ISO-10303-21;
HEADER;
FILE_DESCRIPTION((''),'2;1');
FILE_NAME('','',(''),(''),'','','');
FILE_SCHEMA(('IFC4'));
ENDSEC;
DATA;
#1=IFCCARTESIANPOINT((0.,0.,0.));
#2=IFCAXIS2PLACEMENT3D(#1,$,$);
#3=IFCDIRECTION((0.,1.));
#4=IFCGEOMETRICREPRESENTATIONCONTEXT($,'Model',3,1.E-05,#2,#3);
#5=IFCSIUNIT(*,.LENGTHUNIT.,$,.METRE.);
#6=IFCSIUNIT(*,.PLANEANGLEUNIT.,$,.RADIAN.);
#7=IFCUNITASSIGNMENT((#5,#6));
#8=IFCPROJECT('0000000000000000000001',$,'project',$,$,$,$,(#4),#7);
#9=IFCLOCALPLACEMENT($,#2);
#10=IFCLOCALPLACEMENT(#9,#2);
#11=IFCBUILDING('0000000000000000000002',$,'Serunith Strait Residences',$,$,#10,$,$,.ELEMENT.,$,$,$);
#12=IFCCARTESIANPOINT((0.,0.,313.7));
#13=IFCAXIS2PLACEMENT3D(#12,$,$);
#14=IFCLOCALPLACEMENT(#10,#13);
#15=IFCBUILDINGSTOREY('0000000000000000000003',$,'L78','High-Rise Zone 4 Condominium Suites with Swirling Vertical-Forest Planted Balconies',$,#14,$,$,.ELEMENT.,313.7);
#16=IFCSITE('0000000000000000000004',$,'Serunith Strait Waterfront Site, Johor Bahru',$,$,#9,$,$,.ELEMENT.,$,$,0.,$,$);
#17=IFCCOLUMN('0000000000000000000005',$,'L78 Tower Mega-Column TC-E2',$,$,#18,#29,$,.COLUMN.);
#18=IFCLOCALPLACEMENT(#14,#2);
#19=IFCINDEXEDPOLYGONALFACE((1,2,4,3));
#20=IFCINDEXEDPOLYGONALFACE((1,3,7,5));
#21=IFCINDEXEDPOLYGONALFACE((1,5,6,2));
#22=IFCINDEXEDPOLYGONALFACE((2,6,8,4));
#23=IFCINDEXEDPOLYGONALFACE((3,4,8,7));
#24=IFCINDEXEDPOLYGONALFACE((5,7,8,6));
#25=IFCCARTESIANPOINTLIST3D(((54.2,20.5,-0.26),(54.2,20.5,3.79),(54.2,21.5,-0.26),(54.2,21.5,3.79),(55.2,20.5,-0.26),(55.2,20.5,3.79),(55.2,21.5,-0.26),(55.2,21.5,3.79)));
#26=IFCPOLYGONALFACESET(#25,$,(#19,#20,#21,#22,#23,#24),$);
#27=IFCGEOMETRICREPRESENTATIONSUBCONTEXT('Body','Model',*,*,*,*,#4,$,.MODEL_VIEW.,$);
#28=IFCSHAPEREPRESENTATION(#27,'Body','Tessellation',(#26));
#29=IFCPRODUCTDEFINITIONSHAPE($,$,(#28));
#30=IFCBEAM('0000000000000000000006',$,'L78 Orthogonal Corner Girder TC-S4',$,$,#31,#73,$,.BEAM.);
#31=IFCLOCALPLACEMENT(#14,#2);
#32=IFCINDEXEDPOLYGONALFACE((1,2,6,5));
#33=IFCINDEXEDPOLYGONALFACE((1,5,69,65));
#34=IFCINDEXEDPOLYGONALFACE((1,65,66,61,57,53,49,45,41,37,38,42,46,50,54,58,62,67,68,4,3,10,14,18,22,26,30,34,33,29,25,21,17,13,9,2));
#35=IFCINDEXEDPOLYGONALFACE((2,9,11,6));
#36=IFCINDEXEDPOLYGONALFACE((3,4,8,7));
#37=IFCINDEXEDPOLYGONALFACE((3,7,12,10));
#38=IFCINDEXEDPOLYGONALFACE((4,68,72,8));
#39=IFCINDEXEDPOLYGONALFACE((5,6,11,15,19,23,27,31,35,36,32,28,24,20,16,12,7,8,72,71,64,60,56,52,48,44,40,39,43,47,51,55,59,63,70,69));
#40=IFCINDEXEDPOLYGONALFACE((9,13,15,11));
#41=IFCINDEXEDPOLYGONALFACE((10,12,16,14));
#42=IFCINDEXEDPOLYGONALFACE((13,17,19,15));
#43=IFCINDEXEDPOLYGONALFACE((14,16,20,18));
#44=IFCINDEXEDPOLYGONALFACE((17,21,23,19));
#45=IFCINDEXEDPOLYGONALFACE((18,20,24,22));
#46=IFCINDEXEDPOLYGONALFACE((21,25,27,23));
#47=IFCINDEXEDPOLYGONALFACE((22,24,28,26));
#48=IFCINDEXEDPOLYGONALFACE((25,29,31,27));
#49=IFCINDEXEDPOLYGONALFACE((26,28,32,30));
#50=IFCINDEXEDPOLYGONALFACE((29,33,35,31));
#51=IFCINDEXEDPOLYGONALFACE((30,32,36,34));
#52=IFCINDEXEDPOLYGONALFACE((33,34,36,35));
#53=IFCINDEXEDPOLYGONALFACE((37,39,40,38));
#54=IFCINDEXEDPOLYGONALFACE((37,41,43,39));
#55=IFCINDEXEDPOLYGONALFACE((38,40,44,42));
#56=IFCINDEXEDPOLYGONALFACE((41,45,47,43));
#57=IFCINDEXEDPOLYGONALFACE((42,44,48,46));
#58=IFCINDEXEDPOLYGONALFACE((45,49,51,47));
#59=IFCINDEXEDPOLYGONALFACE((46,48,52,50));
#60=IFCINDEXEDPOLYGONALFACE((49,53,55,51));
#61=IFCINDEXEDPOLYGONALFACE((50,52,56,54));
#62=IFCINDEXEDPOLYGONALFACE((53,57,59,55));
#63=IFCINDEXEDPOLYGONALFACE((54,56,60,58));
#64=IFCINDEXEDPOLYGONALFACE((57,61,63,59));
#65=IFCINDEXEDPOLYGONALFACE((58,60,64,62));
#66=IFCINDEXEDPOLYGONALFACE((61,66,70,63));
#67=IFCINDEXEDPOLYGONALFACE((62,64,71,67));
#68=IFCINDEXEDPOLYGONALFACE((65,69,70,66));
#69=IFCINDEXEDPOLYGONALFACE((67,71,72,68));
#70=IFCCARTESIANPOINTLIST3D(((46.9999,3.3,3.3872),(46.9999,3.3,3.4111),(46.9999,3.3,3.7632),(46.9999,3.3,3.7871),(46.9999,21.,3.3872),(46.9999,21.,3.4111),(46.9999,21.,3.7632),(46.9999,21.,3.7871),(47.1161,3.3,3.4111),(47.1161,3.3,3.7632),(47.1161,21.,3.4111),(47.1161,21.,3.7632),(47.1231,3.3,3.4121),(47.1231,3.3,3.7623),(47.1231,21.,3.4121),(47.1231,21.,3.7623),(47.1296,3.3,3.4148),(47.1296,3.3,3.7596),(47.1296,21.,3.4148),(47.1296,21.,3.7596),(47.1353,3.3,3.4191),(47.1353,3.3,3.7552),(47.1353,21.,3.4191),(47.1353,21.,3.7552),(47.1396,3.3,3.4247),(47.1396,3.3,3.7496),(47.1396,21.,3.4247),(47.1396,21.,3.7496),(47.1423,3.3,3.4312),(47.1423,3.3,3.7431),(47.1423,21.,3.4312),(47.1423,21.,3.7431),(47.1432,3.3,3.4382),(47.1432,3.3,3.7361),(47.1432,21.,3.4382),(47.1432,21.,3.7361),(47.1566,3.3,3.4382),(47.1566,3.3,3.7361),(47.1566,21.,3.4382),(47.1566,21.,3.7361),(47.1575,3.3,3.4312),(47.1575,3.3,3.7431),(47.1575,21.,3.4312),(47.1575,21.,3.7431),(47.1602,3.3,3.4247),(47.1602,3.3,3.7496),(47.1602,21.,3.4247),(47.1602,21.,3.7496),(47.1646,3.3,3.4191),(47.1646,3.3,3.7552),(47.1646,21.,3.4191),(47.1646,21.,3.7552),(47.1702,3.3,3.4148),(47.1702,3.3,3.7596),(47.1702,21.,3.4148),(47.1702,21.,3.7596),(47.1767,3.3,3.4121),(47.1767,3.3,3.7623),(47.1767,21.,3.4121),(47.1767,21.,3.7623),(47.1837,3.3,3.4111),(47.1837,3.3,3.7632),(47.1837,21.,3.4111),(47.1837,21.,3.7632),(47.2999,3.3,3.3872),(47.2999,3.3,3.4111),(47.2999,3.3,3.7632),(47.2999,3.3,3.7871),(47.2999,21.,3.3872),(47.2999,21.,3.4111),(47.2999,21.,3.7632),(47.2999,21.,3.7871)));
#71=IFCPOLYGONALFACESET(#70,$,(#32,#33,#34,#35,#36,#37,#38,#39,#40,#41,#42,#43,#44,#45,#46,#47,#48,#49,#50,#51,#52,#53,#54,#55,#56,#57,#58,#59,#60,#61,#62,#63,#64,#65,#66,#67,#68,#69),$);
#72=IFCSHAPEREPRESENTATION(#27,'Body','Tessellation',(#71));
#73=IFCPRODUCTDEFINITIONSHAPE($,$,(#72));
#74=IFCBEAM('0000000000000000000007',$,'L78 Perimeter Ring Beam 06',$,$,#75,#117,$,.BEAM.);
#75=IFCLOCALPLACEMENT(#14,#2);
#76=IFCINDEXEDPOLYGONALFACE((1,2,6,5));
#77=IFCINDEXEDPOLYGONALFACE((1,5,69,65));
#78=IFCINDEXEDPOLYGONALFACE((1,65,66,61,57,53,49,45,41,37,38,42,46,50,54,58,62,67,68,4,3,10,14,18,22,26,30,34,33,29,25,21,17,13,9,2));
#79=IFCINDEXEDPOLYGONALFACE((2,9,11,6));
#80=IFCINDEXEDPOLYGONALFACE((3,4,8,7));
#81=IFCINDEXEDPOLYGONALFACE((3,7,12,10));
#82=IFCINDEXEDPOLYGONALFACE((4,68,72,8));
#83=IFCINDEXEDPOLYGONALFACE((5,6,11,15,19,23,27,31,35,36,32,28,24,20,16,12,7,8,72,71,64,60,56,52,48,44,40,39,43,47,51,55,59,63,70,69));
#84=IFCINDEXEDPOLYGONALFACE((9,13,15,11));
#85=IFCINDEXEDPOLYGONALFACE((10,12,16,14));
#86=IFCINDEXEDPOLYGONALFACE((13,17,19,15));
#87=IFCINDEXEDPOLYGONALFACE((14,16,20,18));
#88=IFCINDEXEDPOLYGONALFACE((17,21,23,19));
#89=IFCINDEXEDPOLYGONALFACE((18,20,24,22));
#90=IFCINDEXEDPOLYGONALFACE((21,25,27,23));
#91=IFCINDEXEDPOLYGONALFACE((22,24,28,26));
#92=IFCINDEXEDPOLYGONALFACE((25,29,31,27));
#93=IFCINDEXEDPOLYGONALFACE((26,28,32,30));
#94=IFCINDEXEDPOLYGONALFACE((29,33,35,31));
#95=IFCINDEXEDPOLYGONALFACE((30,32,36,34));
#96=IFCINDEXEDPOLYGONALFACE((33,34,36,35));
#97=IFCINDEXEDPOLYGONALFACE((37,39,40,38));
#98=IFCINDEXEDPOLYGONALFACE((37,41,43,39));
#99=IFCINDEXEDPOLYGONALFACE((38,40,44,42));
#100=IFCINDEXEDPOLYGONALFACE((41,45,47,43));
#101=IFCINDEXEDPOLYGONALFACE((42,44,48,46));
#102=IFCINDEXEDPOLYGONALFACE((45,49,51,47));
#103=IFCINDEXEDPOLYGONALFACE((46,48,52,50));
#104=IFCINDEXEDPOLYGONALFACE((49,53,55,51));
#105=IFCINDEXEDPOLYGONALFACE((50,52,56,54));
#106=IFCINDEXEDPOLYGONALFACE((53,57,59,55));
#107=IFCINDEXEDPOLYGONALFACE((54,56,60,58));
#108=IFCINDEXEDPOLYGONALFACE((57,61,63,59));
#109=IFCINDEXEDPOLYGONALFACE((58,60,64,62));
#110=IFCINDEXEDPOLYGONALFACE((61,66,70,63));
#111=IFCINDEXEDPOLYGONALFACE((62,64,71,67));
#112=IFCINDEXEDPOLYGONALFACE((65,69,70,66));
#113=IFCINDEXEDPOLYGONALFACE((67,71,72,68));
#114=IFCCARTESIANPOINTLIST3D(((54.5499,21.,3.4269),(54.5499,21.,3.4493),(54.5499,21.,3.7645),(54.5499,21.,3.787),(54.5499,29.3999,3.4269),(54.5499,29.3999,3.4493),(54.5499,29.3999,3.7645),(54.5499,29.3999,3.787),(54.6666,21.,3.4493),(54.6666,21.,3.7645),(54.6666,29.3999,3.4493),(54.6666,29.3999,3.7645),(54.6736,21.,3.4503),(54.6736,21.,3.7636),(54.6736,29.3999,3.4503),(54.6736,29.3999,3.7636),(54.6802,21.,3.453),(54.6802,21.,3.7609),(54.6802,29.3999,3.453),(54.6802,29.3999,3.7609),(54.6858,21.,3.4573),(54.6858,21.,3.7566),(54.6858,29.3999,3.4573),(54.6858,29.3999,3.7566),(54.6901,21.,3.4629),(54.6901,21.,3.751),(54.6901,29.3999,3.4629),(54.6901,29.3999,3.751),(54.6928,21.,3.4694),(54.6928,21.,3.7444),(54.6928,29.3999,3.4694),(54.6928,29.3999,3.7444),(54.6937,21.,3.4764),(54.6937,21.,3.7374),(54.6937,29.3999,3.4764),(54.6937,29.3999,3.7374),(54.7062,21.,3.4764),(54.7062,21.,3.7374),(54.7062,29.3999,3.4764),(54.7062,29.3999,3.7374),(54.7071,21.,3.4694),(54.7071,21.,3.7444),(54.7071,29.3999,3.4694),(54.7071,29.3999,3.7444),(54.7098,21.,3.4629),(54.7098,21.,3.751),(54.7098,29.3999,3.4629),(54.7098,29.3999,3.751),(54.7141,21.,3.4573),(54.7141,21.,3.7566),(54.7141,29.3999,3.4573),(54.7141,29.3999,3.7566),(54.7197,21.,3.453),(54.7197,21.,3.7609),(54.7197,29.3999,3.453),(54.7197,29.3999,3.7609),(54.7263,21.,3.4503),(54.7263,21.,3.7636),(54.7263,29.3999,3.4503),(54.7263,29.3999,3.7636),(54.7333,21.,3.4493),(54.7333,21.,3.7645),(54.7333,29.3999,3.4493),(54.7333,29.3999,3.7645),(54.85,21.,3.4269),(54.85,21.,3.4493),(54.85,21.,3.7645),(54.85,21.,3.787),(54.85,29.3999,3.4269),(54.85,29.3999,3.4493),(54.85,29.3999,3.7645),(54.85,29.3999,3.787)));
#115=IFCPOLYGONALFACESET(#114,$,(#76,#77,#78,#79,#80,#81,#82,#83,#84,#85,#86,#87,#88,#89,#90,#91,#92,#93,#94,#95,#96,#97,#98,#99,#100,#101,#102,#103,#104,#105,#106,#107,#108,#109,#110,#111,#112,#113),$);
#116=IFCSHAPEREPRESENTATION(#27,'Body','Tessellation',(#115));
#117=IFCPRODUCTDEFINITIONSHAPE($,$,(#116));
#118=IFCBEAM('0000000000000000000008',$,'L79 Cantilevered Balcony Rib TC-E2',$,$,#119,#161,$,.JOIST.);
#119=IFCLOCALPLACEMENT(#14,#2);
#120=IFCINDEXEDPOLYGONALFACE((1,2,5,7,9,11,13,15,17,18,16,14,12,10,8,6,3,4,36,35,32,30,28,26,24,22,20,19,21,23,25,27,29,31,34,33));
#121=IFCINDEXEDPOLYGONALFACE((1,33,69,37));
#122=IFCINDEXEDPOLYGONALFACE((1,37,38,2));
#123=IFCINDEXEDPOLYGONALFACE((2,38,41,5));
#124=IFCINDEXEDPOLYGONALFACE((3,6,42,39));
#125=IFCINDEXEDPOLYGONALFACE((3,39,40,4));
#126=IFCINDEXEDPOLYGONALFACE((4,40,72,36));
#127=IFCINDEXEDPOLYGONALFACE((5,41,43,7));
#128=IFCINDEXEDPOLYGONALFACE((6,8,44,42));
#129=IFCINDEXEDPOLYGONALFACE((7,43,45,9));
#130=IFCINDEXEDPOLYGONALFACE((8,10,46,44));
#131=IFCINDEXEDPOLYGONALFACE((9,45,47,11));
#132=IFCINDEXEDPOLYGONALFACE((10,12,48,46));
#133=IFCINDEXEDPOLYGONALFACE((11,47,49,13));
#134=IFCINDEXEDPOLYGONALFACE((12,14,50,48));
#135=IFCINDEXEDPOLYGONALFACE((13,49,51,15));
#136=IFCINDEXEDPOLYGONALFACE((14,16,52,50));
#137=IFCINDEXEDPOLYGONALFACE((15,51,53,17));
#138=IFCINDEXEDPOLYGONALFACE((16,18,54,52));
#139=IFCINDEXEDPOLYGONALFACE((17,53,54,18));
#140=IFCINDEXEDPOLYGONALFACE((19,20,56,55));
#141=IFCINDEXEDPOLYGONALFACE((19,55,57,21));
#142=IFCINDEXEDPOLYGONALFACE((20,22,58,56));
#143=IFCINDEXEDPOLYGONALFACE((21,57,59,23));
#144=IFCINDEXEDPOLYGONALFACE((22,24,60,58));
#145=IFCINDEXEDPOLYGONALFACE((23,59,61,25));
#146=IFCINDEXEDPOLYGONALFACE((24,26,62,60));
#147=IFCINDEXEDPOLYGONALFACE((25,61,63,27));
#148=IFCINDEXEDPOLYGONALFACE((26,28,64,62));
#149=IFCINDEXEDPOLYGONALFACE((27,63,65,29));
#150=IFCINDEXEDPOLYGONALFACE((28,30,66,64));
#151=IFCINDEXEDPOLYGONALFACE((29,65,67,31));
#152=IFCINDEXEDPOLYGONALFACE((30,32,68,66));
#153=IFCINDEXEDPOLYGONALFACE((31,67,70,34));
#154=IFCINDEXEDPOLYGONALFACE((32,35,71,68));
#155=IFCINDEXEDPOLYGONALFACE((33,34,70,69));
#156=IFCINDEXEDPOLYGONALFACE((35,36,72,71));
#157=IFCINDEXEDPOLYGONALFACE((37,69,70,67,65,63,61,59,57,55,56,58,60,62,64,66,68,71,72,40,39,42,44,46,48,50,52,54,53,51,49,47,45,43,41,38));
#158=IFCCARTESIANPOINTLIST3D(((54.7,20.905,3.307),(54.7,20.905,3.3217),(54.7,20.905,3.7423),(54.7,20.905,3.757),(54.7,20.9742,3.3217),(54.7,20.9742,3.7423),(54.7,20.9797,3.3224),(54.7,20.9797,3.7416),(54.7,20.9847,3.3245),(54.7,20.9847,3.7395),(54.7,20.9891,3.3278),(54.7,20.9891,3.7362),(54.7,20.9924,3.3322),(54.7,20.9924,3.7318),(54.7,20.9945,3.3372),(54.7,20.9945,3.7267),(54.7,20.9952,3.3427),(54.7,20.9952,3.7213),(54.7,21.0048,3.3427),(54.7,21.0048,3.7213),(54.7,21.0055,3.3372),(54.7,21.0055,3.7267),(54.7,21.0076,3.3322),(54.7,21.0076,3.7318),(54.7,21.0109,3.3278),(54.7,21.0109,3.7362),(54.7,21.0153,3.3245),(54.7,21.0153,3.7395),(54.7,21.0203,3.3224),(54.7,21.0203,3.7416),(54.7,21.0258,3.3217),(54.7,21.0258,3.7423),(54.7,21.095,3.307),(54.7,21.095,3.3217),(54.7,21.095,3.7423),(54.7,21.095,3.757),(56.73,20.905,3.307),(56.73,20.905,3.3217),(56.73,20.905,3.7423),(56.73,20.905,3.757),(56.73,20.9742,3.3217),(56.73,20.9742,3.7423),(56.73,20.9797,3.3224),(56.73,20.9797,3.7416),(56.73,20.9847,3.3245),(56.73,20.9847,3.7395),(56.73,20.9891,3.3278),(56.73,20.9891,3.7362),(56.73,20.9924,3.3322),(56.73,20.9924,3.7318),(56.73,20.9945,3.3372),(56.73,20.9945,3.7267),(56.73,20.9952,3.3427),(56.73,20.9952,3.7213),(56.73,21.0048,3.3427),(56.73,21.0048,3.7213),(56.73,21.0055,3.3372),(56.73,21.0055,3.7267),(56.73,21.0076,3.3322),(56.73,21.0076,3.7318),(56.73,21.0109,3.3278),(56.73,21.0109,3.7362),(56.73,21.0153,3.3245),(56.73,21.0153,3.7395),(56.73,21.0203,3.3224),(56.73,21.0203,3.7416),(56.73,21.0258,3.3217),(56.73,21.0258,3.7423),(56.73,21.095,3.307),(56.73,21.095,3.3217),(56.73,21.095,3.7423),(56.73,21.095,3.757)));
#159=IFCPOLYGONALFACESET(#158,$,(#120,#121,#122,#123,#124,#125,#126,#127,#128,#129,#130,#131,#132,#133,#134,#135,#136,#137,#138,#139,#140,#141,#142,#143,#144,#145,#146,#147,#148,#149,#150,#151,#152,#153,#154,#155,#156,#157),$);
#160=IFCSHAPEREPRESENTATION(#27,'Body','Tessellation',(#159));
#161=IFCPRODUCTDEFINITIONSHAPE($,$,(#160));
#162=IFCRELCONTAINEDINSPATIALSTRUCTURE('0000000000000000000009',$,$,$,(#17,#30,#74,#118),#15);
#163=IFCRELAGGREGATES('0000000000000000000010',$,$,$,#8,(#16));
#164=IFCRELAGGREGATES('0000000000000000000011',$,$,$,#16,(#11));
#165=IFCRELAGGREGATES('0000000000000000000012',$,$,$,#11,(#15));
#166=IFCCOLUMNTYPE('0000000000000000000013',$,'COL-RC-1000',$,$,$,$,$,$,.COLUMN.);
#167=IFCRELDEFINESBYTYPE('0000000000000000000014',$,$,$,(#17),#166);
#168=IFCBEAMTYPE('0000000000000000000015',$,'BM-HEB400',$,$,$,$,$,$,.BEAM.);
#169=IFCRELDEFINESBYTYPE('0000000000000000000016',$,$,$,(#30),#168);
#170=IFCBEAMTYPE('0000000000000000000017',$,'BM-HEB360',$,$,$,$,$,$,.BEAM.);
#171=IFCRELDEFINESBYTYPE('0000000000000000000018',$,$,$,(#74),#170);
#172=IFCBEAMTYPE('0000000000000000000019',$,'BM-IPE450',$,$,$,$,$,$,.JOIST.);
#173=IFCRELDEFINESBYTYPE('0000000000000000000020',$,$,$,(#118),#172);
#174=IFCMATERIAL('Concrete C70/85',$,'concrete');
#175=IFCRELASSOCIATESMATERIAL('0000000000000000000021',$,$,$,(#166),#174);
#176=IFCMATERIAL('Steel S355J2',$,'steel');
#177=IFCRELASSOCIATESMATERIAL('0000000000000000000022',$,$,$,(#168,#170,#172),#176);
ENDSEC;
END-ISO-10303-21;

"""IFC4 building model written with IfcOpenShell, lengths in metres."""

from ifc_helpers import new_model, si_unit, direction, frame, origin, origin_2d, place, context, subcontext, project, spatial, rectangle, i_section, extrude, source, transform, mapped, material, material_profile, profile_set, type_object, element, save


model = new_model("IFC4")

# Units and contexts
model_context = context("Model", 3, precision=1e-05, world=origin(), true_north=direction((0.0, 1.0)))
body_context = subcontext(model_context, "Body", "Model", "MODEL_VIEW")
ifc_project = project(units=[si_unit("LENGTHUNIT", "METRE"), si_unit("PLANEANGLEUNIT", "RADIAN")], contexts=[model_context])

# Site, building, storey
site_placement = place(None, origin())
site = spatial("IfcSite", under=ifc_project, at=site_placement, Name="Serunith Strait Waterfront Site, Johor Bahru", CompositionType="ELEMENT", RefElevation=0.0)
building_placement = place(site_placement, origin())
building = spatial("IfcBuilding", under=site, at=building_placement, Name="Serunith Strait Residences", CompositionType="ELEMENT")
storey_placement = place(building_placement, frame((0.0, 0.0, 313.7)))
storey = spatial("IfcBuildingStorey", under=building, at=storey_placement, Name="L78", Description="High-Rise Zone 4 Condominium Suites with Swirling Vertical-Forest Planted Balconies", CompositionType="ELEMENT", Elevation=313.7)

# Column
ifc_material_1 = material(Name="Concrete C70/85", Category="concrete")
ifc_material_profile_1 = material_profile(ifc_material_1, rectangle(XDim=1.0, YDim=1.0, at=origin_2d()), Name="RC 1000x1000")
ifc_profile_set_1 = profile_set([ifc_material_profile_1], Name="Concrete C70/85")
column_type = type_object("IfcColumnType", Name="COL-RC-1000", PredefinedType="COLUMN", material=ifc_profile_set_1)
shared_shape_1 = source(origin(), body_context, "Body", "SweptSolid", [
    extrude(rectangle(XDim=1.0, YDim=1.0, at=origin_2d()), origin(), (0.0, 0.0, 1.0), 4.05),
])
column_placement = place(storey_placement, frame((54.7, 21.0, -0.26), z_axis=(0.0, 0.0, 1.0), x_axis=(1.0, 0.0, 0.0)))
element("IfcColumn", 1, at=column_placement, inside=storey, type_object=column_type, Name="L78 Tower Mega-Column TC-E2", PredefinedType="COLUMN", context=body_context, shape_type="MappedRepresentation", body=[
    mapped(shared_shape_1, transform((0.0, 0.0, 0.0), scale=1.0)),
])

# Beams
ifc_material_2 = material(Name="Steel S355J2", Category="steel")
ifc_material_profile_2 = material_profile(ifc_material_2, i_section(OverallWidth=0.3, OverallDepth=0.3999, WebThickness=0.0134, FlangeThickness=0.0239, FilletRadius=0.0271, at=origin_2d()), Name="HEB 400")
ifc_profile_set_2 = profile_set([ifc_material_profile_2], Name="Steel S355J2")
beam_type_1 = type_object("IfcBeamType", Name="BM-HEB400", PredefinedType="BEAM", material=ifc_profile_set_2)
shared_shape_2 = source(origin(), body_context, "Body", "SweptSolid", [
    extrude(i_section(OverallWidth=0.3, OverallDepth=0.3999, WebThickness=0.0134, FlangeThickness=0.0239, FilletRadius=0.0271, at=origin_2d()), origin(), (0.0, 0.0, 1.0), 17.7),
])
beam_1_placement = place(storey_placement, frame((47.1499, 21.0, 3.5872), z_axis=(0.0, -1.0, 0.0), x_axis=(1.0, 0.0, 0.0)))
element("IfcBeam", 2, at=beam_1_placement, inside=storey, type_object=beam_type_1, Name="L78 Orthogonal Corner Girder TC-S4", PredefinedType="BEAM", context=body_context, shape_type="MappedRepresentation", body=[
    mapped(shared_shape_2, transform((0.0, 0.0, 0.0), scale=1.0)),
])
ifc_material_profile_3 = material_profile(ifc_material_2, i_section(OverallWidth=0.3, OverallDepth=0.3601, WebThickness=0.0125, FlangeThickness=0.0225, FilletRadius=0.0271, at=origin_2d()), Name="HEB 360")
ifc_profile_set_3 = profile_set([ifc_material_profile_3], Name="Steel S355J2")
beam_type_2 = type_object("IfcBeamType", Name="BM-HEB360", PredefinedType="BEAM", material=ifc_profile_set_3)
shared_shape_3 = source(origin(), body_context, "Body", "SweptSolid", [
    extrude(i_section(OverallWidth=0.3, OverallDepth=0.3601, WebThickness=0.0125, FlangeThickness=0.0225, FilletRadius=0.0271, at=origin_2d()), origin(), (0.0, 0.0, 1.0), 8.3999),
])
beam_2_placement = place(storey_placement, frame((54.7, 21.0, 3.6069), z_axis=(0.0, 1.0, 0.0), x_axis=(-1.0, 0.0, 0.0)))
element("IfcBeam", 3, at=beam_2_placement, inside=storey, type_object=beam_type_2, Name="L78 Perimeter Ring Beam 06", PredefinedType="BEAM", context=body_context, shape_type="MappedRepresentation", body=[
    mapped(shared_shape_3, transform((0.0, 0.0, 0.0), scale=1.0)),
])
ifc_material_profile_4 = material_profile(ifc_material_2, i_section(OverallWidth=0.1899, OverallDepth=0.45, WebThickness=0.0095, FlangeThickness=0.0146, FilletRadius=0.021, at=origin_2d()), Name="IPE 450")
ifc_profile_set_4 = profile_set([ifc_material_profile_4], Name="Steel S355J2")
beam_type_3 = type_object("IfcBeamType", Name="BM-IPE450", PredefinedType="JOIST", material=ifc_profile_set_4)
shared_shape_4 = source(origin(), body_context, "Body", "SweptSolid", [
    extrude(i_section(OverallWidth=0.1899, OverallDepth=0.45, WebThickness=0.0095, FlangeThickness=0.0146, FilletRadius=0.021, at=origin_2d()), origin(), (0.0, 0.0, 1.0), 2.03),
])
beam_3_placement = place(storey_placement, frame((54.7, 21.0, 3.532), z_axis=(1.0, 0.0, 0.0), x_axis=(0.0, 1.0, 0.0)))
element("IfcBeam", 4, at=beam_3_placement, inside=storey, type_object=beam_type_3, Name="L79 Cantilevered Balcony Rib TC-E2", PredefinedType="JOIST", context=body_context, shape_type="MappedRepresentation", body=[
    mapped(shared_shape_4, transform((0.0, 0.0, 0.0), scale=1.0)),
])

save(model, "model.ifc")
